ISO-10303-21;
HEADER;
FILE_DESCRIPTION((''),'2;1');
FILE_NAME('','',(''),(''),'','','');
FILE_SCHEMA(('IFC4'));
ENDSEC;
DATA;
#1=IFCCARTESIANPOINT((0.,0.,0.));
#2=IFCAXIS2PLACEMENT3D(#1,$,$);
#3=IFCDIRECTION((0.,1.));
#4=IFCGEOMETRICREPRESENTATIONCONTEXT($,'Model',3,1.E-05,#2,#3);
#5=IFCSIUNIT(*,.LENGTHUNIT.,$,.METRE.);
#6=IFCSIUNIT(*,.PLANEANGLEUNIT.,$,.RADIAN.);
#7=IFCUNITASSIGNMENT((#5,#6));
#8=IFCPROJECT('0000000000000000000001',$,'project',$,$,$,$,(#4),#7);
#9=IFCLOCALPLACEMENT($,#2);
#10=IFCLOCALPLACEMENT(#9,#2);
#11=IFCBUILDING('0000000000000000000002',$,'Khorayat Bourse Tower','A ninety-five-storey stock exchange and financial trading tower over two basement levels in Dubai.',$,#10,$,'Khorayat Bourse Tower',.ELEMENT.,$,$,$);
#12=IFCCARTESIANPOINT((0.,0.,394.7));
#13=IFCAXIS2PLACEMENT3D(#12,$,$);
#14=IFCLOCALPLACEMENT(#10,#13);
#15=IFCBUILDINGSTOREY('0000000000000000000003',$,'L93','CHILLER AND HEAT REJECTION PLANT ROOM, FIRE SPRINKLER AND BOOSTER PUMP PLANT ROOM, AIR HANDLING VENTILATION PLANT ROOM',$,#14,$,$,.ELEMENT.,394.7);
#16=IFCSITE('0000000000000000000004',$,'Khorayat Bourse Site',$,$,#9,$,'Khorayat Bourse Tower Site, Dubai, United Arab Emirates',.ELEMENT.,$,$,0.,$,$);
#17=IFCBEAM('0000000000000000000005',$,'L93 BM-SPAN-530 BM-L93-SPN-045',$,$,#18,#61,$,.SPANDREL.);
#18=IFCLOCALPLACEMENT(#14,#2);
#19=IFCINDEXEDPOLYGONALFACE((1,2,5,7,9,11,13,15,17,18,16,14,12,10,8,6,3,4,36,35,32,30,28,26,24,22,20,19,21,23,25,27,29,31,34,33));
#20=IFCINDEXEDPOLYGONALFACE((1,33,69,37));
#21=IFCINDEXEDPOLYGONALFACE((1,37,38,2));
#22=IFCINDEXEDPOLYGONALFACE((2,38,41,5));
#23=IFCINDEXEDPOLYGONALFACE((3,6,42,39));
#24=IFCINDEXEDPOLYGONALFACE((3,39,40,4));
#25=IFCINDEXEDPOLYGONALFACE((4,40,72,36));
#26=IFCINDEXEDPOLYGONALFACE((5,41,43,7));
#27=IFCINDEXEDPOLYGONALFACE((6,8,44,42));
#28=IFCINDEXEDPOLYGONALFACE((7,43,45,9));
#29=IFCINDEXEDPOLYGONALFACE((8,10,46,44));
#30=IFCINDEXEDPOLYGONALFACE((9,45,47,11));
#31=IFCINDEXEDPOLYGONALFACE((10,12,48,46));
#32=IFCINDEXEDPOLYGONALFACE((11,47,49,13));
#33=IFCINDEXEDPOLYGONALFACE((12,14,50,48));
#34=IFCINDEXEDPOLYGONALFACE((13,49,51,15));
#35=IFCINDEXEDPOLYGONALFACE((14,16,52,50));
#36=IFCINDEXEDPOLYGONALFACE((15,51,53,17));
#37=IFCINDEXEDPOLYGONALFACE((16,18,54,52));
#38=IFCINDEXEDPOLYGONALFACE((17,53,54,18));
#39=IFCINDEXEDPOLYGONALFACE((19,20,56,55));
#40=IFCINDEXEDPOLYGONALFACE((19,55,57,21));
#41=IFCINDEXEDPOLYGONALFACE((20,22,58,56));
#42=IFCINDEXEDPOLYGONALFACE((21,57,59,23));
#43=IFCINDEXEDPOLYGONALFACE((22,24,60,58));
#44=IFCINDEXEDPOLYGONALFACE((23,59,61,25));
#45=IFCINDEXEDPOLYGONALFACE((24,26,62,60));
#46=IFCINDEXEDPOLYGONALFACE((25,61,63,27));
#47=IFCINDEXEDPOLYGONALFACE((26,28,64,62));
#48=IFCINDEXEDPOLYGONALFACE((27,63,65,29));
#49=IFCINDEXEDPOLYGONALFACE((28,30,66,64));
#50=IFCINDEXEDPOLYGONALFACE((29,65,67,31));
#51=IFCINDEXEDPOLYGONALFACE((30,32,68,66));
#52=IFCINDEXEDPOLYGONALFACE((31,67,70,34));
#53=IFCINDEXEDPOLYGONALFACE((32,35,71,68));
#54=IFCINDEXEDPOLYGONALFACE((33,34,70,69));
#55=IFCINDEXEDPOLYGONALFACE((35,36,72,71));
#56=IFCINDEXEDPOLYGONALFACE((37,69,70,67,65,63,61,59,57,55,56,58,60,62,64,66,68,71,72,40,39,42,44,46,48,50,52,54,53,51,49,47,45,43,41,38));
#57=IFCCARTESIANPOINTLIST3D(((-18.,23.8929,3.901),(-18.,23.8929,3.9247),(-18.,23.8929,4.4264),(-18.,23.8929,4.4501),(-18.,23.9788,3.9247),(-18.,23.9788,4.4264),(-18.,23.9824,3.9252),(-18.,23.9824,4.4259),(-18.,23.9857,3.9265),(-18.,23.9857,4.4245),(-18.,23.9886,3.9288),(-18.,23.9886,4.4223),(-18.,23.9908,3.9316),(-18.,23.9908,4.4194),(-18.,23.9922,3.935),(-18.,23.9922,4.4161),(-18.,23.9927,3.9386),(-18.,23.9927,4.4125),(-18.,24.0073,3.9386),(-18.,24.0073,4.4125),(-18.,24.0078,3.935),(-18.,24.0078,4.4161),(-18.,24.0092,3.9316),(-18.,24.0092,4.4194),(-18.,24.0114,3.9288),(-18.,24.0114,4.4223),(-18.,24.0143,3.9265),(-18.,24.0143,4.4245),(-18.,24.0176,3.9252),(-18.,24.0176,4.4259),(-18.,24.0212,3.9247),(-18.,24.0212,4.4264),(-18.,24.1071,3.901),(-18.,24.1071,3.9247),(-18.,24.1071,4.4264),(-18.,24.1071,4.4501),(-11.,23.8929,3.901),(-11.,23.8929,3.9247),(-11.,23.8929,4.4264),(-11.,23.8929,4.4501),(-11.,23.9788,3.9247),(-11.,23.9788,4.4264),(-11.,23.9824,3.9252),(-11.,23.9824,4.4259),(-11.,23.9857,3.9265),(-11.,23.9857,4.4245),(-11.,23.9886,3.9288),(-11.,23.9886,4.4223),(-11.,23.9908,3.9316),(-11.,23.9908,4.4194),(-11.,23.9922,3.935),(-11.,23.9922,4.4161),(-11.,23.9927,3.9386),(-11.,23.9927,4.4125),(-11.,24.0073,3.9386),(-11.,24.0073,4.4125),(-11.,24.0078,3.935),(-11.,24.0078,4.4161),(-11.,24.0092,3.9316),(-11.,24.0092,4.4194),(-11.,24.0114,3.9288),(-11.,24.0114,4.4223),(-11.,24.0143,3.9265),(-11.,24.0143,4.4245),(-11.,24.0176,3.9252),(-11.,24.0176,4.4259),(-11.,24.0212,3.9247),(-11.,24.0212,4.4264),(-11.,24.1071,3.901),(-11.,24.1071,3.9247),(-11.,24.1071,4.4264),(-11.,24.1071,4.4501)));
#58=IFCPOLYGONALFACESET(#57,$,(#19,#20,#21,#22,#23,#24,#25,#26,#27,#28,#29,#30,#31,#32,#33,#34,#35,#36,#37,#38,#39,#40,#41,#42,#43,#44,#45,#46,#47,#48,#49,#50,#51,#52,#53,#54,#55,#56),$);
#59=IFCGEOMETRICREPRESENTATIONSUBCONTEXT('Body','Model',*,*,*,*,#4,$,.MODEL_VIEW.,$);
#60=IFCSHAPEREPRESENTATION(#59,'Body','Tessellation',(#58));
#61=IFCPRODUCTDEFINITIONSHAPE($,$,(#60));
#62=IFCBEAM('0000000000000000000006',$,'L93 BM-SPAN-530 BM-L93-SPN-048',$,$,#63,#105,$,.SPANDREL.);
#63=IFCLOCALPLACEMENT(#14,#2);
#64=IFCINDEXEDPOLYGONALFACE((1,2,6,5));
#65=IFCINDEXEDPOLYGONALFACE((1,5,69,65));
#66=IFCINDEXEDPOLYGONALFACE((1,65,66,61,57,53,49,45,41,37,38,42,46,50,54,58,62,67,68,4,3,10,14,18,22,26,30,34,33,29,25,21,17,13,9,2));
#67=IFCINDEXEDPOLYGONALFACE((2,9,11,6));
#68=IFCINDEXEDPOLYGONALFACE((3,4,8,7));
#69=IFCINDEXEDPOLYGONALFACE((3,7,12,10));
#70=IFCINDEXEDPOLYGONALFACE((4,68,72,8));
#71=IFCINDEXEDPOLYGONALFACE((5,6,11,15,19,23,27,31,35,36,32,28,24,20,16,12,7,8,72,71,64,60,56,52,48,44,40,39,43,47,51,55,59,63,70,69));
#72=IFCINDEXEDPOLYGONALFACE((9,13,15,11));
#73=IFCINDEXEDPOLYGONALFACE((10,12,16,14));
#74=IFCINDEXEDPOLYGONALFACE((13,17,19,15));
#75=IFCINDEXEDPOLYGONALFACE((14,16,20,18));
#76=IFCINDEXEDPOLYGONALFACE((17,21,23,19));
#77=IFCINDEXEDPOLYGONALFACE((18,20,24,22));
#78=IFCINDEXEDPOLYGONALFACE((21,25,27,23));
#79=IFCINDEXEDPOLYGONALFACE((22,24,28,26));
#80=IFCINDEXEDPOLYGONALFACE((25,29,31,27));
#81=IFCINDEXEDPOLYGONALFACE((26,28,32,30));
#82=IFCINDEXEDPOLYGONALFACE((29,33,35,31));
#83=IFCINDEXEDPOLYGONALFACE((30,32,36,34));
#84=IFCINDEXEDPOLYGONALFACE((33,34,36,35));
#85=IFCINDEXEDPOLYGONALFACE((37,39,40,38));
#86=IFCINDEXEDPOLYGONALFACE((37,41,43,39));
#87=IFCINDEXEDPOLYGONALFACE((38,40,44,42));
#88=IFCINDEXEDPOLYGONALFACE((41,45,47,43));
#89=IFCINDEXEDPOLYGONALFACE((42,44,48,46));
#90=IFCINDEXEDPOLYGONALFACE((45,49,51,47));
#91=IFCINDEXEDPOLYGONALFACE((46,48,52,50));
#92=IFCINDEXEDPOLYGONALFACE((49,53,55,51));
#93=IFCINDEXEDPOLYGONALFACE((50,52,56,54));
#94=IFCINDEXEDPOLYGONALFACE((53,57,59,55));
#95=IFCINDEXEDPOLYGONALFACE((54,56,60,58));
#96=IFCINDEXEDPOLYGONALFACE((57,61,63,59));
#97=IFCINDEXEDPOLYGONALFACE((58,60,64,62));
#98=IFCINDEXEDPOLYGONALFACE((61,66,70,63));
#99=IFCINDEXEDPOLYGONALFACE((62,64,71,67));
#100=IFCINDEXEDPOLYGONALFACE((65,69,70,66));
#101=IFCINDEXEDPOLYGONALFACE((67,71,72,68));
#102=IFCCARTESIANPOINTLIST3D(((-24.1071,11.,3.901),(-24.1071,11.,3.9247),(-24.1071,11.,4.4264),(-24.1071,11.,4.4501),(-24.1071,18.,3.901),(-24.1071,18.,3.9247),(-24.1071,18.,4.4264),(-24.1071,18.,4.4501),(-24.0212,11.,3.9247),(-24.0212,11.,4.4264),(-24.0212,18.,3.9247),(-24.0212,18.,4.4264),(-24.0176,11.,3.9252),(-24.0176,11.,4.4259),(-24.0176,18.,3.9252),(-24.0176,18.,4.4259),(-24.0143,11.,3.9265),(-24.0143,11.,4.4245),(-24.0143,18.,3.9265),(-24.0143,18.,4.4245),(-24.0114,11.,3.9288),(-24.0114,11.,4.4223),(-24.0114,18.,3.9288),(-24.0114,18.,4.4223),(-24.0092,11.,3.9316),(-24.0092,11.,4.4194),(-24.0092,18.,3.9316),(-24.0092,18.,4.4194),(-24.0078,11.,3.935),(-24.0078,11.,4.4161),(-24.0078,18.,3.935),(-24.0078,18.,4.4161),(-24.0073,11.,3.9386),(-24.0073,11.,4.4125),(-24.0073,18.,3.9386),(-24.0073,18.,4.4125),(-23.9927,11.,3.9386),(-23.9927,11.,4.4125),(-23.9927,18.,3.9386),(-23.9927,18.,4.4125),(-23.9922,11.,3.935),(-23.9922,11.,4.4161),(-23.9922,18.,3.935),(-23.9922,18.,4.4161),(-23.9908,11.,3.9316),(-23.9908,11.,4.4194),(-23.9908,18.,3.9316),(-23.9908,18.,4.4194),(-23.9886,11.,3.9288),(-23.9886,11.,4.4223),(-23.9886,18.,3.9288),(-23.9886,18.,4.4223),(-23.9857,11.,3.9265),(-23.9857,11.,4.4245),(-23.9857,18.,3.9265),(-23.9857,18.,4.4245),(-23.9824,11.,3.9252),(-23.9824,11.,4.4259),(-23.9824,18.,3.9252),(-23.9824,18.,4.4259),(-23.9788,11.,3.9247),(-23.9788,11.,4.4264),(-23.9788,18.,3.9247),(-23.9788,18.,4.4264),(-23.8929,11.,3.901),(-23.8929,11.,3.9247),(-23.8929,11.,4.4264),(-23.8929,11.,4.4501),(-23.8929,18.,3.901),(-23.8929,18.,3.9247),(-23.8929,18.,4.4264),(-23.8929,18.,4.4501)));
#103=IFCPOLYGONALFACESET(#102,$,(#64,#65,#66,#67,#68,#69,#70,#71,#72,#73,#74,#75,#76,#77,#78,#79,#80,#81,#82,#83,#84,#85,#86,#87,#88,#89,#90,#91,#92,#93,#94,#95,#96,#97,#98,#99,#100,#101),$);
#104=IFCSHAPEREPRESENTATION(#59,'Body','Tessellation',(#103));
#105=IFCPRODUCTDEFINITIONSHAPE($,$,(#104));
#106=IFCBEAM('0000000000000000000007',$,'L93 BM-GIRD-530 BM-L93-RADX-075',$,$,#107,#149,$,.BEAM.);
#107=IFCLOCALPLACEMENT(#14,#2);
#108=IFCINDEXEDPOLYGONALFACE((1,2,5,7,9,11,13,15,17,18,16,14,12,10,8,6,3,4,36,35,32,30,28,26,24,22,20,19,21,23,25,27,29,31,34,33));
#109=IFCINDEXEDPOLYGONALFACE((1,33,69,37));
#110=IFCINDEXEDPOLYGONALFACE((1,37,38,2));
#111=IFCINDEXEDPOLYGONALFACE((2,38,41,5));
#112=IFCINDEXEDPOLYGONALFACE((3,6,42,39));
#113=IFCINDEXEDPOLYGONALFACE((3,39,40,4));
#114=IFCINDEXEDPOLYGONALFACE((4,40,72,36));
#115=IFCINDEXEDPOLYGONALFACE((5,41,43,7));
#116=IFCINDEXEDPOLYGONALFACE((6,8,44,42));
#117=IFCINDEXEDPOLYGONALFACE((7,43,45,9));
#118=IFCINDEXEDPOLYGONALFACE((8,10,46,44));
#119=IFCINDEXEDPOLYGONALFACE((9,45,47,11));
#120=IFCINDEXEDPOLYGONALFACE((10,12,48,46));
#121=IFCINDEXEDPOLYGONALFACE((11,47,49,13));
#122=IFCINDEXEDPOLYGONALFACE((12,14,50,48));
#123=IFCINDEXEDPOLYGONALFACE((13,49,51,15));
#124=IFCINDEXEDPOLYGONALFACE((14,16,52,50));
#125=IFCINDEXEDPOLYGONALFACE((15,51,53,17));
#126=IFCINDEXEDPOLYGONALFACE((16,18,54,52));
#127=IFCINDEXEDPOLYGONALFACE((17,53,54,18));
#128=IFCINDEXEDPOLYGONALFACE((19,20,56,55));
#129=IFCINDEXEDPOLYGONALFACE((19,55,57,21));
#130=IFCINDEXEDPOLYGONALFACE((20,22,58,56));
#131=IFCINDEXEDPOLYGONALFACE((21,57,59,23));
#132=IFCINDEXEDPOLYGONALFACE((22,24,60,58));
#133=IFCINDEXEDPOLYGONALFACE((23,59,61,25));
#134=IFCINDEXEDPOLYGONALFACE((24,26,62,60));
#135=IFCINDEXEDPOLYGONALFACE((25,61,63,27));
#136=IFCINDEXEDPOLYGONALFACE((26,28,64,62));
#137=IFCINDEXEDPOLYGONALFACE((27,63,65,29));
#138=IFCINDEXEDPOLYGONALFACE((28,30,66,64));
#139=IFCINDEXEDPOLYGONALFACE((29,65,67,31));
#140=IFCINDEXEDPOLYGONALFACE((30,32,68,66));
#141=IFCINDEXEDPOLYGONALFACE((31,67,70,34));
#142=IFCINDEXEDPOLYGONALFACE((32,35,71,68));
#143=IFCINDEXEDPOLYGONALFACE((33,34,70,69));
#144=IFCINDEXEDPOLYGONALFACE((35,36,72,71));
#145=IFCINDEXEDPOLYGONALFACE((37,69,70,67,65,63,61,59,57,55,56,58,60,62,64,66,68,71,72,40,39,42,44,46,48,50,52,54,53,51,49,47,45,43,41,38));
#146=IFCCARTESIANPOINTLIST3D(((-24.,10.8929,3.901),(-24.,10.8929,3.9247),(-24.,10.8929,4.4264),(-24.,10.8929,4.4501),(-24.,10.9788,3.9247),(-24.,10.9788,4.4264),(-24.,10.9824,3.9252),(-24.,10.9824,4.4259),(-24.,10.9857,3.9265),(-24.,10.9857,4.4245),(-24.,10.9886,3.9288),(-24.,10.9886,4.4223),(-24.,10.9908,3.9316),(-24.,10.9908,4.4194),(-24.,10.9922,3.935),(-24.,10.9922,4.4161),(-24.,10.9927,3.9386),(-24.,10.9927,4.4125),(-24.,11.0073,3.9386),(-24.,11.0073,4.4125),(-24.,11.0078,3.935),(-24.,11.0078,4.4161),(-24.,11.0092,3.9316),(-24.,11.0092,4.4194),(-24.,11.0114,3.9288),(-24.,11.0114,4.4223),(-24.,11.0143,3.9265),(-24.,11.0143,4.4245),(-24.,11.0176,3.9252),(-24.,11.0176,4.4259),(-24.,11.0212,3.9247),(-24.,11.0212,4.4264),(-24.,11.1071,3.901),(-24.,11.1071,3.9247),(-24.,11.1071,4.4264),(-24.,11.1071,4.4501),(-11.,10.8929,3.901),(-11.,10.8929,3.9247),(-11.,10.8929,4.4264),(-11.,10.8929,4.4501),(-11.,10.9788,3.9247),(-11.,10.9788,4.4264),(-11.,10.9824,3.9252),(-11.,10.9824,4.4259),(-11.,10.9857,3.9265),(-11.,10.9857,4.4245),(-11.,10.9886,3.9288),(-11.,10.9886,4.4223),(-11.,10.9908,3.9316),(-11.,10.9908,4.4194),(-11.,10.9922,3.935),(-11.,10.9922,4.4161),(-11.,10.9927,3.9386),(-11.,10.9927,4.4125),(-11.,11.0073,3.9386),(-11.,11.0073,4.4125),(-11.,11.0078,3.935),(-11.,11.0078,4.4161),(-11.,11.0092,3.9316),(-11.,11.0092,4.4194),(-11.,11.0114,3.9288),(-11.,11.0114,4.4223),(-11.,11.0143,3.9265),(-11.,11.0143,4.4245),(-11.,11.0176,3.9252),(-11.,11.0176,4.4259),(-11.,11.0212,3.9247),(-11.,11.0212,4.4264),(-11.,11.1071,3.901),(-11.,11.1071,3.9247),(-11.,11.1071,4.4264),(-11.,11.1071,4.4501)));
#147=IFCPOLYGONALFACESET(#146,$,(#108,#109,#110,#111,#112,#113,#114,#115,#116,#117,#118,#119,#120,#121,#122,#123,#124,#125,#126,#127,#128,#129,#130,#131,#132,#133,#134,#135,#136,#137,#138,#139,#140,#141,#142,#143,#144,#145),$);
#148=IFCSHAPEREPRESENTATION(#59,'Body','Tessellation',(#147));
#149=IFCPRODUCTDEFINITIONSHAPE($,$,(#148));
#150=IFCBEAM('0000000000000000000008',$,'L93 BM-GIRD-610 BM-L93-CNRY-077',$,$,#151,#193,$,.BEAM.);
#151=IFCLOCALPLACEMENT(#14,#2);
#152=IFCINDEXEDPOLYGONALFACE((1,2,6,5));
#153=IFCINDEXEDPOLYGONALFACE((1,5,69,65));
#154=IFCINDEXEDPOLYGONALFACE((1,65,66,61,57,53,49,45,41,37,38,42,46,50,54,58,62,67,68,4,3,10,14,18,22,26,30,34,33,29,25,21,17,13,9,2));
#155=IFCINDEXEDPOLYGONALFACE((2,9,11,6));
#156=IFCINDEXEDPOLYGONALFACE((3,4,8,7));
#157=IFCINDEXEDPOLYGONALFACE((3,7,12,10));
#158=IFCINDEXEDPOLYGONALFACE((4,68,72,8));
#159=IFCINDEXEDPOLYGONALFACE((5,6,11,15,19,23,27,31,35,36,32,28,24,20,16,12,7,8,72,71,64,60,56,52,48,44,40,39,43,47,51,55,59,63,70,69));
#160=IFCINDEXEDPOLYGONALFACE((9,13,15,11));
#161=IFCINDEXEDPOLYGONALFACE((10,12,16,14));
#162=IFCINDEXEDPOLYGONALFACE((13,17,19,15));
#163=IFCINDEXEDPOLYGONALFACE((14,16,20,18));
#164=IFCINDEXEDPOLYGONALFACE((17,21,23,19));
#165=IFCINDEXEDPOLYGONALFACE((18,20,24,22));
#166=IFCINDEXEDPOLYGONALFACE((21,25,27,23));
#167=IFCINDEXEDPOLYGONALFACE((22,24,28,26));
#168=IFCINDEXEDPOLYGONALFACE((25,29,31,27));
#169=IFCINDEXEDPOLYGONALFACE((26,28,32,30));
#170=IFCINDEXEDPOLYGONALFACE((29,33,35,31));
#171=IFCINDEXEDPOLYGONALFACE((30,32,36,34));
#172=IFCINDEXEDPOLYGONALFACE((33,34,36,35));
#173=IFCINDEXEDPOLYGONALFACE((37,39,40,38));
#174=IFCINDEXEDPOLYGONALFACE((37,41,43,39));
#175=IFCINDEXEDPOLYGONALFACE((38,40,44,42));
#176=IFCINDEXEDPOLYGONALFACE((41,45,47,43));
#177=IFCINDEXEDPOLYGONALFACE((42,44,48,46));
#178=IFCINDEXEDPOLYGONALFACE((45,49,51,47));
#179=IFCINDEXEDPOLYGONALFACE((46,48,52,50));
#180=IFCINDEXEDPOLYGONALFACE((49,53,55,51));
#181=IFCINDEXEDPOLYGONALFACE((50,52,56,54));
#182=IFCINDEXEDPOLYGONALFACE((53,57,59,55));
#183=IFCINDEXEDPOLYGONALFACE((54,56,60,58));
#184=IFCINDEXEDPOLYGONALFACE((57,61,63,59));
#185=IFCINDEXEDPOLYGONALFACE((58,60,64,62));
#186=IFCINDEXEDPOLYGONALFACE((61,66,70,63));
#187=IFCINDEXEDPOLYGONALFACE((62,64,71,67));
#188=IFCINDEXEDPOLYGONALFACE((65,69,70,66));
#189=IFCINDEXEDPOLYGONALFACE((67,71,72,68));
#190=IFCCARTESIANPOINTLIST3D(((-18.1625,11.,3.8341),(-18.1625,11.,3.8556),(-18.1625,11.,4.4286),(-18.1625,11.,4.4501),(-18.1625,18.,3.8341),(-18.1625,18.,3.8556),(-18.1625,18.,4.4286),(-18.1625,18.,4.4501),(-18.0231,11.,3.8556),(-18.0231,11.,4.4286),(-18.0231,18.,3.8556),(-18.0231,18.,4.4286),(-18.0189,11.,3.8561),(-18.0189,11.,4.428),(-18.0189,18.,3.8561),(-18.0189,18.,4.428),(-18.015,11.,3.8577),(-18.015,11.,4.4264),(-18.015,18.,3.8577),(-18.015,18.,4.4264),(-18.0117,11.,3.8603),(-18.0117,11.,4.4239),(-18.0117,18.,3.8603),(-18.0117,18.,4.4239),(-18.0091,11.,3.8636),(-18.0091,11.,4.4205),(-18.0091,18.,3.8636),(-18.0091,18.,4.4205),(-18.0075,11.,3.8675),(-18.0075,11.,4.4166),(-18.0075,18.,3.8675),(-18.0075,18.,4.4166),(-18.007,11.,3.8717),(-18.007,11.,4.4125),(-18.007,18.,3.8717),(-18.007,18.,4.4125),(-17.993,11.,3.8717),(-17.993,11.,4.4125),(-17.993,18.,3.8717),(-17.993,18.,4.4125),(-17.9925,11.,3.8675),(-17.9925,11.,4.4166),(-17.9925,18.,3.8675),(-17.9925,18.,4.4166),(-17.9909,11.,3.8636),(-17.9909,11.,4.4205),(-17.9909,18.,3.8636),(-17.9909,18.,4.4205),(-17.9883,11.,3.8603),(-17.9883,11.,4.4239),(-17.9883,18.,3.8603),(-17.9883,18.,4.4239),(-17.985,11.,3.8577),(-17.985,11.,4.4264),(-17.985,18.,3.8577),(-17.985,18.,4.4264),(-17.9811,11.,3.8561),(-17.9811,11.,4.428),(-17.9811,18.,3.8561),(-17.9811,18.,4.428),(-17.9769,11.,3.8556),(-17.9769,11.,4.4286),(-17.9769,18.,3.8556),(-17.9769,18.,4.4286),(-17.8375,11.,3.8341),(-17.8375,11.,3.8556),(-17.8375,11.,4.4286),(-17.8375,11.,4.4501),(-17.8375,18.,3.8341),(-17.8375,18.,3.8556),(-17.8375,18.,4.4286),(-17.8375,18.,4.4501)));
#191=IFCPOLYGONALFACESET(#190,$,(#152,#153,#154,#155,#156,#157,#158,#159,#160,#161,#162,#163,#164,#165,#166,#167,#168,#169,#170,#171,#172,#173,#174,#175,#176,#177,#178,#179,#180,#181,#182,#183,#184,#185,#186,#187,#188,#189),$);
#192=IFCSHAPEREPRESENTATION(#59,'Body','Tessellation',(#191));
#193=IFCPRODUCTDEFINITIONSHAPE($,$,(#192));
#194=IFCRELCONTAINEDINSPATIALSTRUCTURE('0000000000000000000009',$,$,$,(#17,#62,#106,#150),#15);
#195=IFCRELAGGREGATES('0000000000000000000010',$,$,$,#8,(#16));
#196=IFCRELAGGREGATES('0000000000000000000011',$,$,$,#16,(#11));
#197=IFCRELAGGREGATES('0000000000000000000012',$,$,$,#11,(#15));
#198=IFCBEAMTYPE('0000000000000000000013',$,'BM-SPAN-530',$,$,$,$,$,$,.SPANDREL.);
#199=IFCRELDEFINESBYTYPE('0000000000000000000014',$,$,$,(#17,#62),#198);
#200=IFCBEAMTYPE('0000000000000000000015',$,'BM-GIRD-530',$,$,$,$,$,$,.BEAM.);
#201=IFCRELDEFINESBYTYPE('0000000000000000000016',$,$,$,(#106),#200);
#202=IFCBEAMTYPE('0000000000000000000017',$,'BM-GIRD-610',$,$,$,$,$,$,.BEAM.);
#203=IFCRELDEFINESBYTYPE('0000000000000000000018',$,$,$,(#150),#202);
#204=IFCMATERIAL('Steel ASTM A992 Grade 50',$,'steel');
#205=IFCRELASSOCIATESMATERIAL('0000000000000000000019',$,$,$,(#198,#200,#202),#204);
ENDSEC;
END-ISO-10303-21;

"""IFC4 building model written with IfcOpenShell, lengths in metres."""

from ifc_helpers import new_model, si_unit, direction, frame, origin, origin_2d, place, context, subcontext, project, spatial, i_section, extrude, source, transform, mapped, material, material_profile, profile_set, type_object, element, save


model = new_model("IFC4")

# Units and contexts
model_context = context("Model", 3, precision=1e-05, world=origin(), true_north=direction((0.0, 1.0)))
body_context = subcontext(model_context, "Body", "Model", "MODEL_VIEW")
ifc_project = project(units=[si_unit("LENGTHUNIT", "METRE"), si_unit("PLANEANGLEUNIT", "RADIAN")], contexts=[model_context])

# Site, building, storey
site_placement = place(None, origin())
site = spatial("IfcSite", under=ifc_project, at=site_placement, Name="Khorayat Bourse Site", LongName="Khorayat Bourse Tower Site, Dubai, United Arab Emirates", CompositionType="ELEMENT", RefElevation=0.0)
building_placement = place(site_placement, origin())
building = spatial("IfcBuilding", under=site, at=building_placement, Name="Khorayat Bourse Tower", Description="A ninety-five-storey stock exchange and financial trading tower over two basement levels in Dubai.", LongName="Khorayat Bourse Tower", CompositionType="ELEMENT")
storey_placement = place(building_placement, frame((0.0, 0.0, 394.7)))
storey = spatial("IfcBuildingStorey", under=building, at=storey_placement, Name="L93", Description="CHILLER AND HEAT REJECTION PLANT ROOM, FIRE SPRINKLER AND BOOSTER PUMP PLANT ROOM, AIR HANDLING VENTILATION PLANT ROOM", CompositionType="ELEMENT", Elevation=394.7)

# Beams
ifc_material_1 = material(Name="Steel ASTM A992 Grade 50", Category="steel")
ifc_material_profile_1 = material_profile(ifc_material_1, i_section(OverallWidth=0.2141, OverallDepth=0.5491, WebThickness=0.0146, FlangeThickness=0.0237, FilletRadius=0.0139, at=origin_2d()), Name="W530X138")
ifc_profile_set_1 = profile_set([ifc_material_profile_1], Name="Steel ASTM A992 Grade 50")
beam_type_1 = type_object("IfcBeamType", Name="BM-SPAN-530", PredefinedType="SPANDREL", material=ifc_profile_set_1)
shared_shape_1 = source(origin(), body_context, "Body", "SweptSolid", [
    extrude(i_section(OverallWidth=0.2141, OverallDepth=0.5491, WebThickness=0.0146, FlangeThickness=0.0237, FilletRadius=0.0139, at=origin_2d()), origin(), (0.0, 0.0, 1.0), 7.0),
])
for number, where, z_axis, x_axis, name in (
    (1, (-18.0, 24.0, 4.1755), (1.0, 0.0, 0.0), (0.0, 1.0, 0.0), "L93 BM-SPAN-530 BM-L93-SPN-045"),
    (2, (-24.0, 11.0, 4.1755), (0.0, 1.0, 0.0), (-1.0, 0.0, 0.0), "L93 BM-SPAN-530 BM-L93-SPN-048"),
):
    element("IfcBeam", number, at=place(storey_placement, frame(where, z_axis=z_axis, x_axis=x_axis)), inside=storey, type_object=beam_type_1, Name=name, PredefinedType="SPANDREL", context=body_context, shape_type="MappedRepresentation", body=[
        mapped(shared_shape_1, transform((0.0, 0.0, 0.0), scale=1.0)),
    ])
ifc_material_profile_2 = material_profile(ifc_material_1, i_section(OverallWidth=0.2141, OverallDepth=0.5491, WebThickness=0.0146, FlangeThickness=0.0237, FilletRadius=0.0139, at=origin_2d()), Name="W530X138")
ifc_profile_set_2 = profile_set([ifc_material_profile_2], Name="Steel ASTM A992 Grade 50")
beam_type_2 = type_object("IfcBeamType", Name="BM-GIRD-530", PredefinedType="BEAM", material=ifc_profile_set_2)
shared_shape_2 = source(origin(), body_context, "Body", "SweptSolid", [
    extrude(i_section(OverallWidth=0.2141, OverallDepth=0.5491, WebThickness=0.0146, FlangeThickness=0.0237, FilletRadius=0.0139, at=origin_2d()), origin(), (0.0, 0.0, 1.0), 13.0),
])
beam_1_placement = place(storey_placement, frame((-24.0, 11.0, 4.1755), z_axis=(1.0, 0.0, 0.0), x_axis=(0.0, 1.0, 0.0)))
element("IfcBeam", 3, at=beam_1_placement, inside=storey, type_object=beam_type_2, Name="L93 BM-GIRD-530 BM-L93-RADX-075", PredefinedType="BEAM", context=body_context, shape_type="MappedRepresentation", body=[
    mapped(shared_shape_2, transform((0.0, 0.0, 0.0), scale=1.0)),
])
ifc_material_profile_3 = material_profile(ifc_material_1, i_section(OverallWidth=0.325, OverallDepth=0.616, WebThickness=0.0139, FlangeThickness=0.0215, FilletRadius=0.0161, at=origin_2d()), Name="W610X174")
ifc_profile_set_3 = profile_set([ifc_material_profile_3], Name="Steel ASTM A992 Grade 50")
beam_type_3 = type_object("IfcBeamType", Name="BM-GIRD-610", PredefinedType="BEAM", material=ifc_profile_set_3)
shared_shape_3 = source(origin(), body_context, "Body", "SweptSolid", [
    extrude(i_section(OverallWidth=0.325, OverallDepth=0.616, WebThickness=0.0139, FlangeThickness=0.0215, FilletRadius=0.0161, at=origin_2d()), origin(), (0.0, 0.0, 1.0), 7.0),
])
for number, where, z_axis, x_axis, name in (
    (4, (-18.0, 11.0, 4.1421), (0.0, 1.0, 0.0), (-1.0, 0.0, 0.0), "L93 BM-GIRD-610 BM-L93-CNRY-077"),
):
    element("IfcBeam", number, at=place(storey_placement, frame(where, z_axis=z_axis, x_axis=x_axis)), inside=storey, type_object=beam_type_3, Name=name, PredefinedType="BEAM", context=body_context, shape_type="MappedRepresentation", body=[
        mapped(shared_shape_3, transform((0.0, 0.0, 0.0), scale=1.0)),
    ])

save(model, "model.ifc")
